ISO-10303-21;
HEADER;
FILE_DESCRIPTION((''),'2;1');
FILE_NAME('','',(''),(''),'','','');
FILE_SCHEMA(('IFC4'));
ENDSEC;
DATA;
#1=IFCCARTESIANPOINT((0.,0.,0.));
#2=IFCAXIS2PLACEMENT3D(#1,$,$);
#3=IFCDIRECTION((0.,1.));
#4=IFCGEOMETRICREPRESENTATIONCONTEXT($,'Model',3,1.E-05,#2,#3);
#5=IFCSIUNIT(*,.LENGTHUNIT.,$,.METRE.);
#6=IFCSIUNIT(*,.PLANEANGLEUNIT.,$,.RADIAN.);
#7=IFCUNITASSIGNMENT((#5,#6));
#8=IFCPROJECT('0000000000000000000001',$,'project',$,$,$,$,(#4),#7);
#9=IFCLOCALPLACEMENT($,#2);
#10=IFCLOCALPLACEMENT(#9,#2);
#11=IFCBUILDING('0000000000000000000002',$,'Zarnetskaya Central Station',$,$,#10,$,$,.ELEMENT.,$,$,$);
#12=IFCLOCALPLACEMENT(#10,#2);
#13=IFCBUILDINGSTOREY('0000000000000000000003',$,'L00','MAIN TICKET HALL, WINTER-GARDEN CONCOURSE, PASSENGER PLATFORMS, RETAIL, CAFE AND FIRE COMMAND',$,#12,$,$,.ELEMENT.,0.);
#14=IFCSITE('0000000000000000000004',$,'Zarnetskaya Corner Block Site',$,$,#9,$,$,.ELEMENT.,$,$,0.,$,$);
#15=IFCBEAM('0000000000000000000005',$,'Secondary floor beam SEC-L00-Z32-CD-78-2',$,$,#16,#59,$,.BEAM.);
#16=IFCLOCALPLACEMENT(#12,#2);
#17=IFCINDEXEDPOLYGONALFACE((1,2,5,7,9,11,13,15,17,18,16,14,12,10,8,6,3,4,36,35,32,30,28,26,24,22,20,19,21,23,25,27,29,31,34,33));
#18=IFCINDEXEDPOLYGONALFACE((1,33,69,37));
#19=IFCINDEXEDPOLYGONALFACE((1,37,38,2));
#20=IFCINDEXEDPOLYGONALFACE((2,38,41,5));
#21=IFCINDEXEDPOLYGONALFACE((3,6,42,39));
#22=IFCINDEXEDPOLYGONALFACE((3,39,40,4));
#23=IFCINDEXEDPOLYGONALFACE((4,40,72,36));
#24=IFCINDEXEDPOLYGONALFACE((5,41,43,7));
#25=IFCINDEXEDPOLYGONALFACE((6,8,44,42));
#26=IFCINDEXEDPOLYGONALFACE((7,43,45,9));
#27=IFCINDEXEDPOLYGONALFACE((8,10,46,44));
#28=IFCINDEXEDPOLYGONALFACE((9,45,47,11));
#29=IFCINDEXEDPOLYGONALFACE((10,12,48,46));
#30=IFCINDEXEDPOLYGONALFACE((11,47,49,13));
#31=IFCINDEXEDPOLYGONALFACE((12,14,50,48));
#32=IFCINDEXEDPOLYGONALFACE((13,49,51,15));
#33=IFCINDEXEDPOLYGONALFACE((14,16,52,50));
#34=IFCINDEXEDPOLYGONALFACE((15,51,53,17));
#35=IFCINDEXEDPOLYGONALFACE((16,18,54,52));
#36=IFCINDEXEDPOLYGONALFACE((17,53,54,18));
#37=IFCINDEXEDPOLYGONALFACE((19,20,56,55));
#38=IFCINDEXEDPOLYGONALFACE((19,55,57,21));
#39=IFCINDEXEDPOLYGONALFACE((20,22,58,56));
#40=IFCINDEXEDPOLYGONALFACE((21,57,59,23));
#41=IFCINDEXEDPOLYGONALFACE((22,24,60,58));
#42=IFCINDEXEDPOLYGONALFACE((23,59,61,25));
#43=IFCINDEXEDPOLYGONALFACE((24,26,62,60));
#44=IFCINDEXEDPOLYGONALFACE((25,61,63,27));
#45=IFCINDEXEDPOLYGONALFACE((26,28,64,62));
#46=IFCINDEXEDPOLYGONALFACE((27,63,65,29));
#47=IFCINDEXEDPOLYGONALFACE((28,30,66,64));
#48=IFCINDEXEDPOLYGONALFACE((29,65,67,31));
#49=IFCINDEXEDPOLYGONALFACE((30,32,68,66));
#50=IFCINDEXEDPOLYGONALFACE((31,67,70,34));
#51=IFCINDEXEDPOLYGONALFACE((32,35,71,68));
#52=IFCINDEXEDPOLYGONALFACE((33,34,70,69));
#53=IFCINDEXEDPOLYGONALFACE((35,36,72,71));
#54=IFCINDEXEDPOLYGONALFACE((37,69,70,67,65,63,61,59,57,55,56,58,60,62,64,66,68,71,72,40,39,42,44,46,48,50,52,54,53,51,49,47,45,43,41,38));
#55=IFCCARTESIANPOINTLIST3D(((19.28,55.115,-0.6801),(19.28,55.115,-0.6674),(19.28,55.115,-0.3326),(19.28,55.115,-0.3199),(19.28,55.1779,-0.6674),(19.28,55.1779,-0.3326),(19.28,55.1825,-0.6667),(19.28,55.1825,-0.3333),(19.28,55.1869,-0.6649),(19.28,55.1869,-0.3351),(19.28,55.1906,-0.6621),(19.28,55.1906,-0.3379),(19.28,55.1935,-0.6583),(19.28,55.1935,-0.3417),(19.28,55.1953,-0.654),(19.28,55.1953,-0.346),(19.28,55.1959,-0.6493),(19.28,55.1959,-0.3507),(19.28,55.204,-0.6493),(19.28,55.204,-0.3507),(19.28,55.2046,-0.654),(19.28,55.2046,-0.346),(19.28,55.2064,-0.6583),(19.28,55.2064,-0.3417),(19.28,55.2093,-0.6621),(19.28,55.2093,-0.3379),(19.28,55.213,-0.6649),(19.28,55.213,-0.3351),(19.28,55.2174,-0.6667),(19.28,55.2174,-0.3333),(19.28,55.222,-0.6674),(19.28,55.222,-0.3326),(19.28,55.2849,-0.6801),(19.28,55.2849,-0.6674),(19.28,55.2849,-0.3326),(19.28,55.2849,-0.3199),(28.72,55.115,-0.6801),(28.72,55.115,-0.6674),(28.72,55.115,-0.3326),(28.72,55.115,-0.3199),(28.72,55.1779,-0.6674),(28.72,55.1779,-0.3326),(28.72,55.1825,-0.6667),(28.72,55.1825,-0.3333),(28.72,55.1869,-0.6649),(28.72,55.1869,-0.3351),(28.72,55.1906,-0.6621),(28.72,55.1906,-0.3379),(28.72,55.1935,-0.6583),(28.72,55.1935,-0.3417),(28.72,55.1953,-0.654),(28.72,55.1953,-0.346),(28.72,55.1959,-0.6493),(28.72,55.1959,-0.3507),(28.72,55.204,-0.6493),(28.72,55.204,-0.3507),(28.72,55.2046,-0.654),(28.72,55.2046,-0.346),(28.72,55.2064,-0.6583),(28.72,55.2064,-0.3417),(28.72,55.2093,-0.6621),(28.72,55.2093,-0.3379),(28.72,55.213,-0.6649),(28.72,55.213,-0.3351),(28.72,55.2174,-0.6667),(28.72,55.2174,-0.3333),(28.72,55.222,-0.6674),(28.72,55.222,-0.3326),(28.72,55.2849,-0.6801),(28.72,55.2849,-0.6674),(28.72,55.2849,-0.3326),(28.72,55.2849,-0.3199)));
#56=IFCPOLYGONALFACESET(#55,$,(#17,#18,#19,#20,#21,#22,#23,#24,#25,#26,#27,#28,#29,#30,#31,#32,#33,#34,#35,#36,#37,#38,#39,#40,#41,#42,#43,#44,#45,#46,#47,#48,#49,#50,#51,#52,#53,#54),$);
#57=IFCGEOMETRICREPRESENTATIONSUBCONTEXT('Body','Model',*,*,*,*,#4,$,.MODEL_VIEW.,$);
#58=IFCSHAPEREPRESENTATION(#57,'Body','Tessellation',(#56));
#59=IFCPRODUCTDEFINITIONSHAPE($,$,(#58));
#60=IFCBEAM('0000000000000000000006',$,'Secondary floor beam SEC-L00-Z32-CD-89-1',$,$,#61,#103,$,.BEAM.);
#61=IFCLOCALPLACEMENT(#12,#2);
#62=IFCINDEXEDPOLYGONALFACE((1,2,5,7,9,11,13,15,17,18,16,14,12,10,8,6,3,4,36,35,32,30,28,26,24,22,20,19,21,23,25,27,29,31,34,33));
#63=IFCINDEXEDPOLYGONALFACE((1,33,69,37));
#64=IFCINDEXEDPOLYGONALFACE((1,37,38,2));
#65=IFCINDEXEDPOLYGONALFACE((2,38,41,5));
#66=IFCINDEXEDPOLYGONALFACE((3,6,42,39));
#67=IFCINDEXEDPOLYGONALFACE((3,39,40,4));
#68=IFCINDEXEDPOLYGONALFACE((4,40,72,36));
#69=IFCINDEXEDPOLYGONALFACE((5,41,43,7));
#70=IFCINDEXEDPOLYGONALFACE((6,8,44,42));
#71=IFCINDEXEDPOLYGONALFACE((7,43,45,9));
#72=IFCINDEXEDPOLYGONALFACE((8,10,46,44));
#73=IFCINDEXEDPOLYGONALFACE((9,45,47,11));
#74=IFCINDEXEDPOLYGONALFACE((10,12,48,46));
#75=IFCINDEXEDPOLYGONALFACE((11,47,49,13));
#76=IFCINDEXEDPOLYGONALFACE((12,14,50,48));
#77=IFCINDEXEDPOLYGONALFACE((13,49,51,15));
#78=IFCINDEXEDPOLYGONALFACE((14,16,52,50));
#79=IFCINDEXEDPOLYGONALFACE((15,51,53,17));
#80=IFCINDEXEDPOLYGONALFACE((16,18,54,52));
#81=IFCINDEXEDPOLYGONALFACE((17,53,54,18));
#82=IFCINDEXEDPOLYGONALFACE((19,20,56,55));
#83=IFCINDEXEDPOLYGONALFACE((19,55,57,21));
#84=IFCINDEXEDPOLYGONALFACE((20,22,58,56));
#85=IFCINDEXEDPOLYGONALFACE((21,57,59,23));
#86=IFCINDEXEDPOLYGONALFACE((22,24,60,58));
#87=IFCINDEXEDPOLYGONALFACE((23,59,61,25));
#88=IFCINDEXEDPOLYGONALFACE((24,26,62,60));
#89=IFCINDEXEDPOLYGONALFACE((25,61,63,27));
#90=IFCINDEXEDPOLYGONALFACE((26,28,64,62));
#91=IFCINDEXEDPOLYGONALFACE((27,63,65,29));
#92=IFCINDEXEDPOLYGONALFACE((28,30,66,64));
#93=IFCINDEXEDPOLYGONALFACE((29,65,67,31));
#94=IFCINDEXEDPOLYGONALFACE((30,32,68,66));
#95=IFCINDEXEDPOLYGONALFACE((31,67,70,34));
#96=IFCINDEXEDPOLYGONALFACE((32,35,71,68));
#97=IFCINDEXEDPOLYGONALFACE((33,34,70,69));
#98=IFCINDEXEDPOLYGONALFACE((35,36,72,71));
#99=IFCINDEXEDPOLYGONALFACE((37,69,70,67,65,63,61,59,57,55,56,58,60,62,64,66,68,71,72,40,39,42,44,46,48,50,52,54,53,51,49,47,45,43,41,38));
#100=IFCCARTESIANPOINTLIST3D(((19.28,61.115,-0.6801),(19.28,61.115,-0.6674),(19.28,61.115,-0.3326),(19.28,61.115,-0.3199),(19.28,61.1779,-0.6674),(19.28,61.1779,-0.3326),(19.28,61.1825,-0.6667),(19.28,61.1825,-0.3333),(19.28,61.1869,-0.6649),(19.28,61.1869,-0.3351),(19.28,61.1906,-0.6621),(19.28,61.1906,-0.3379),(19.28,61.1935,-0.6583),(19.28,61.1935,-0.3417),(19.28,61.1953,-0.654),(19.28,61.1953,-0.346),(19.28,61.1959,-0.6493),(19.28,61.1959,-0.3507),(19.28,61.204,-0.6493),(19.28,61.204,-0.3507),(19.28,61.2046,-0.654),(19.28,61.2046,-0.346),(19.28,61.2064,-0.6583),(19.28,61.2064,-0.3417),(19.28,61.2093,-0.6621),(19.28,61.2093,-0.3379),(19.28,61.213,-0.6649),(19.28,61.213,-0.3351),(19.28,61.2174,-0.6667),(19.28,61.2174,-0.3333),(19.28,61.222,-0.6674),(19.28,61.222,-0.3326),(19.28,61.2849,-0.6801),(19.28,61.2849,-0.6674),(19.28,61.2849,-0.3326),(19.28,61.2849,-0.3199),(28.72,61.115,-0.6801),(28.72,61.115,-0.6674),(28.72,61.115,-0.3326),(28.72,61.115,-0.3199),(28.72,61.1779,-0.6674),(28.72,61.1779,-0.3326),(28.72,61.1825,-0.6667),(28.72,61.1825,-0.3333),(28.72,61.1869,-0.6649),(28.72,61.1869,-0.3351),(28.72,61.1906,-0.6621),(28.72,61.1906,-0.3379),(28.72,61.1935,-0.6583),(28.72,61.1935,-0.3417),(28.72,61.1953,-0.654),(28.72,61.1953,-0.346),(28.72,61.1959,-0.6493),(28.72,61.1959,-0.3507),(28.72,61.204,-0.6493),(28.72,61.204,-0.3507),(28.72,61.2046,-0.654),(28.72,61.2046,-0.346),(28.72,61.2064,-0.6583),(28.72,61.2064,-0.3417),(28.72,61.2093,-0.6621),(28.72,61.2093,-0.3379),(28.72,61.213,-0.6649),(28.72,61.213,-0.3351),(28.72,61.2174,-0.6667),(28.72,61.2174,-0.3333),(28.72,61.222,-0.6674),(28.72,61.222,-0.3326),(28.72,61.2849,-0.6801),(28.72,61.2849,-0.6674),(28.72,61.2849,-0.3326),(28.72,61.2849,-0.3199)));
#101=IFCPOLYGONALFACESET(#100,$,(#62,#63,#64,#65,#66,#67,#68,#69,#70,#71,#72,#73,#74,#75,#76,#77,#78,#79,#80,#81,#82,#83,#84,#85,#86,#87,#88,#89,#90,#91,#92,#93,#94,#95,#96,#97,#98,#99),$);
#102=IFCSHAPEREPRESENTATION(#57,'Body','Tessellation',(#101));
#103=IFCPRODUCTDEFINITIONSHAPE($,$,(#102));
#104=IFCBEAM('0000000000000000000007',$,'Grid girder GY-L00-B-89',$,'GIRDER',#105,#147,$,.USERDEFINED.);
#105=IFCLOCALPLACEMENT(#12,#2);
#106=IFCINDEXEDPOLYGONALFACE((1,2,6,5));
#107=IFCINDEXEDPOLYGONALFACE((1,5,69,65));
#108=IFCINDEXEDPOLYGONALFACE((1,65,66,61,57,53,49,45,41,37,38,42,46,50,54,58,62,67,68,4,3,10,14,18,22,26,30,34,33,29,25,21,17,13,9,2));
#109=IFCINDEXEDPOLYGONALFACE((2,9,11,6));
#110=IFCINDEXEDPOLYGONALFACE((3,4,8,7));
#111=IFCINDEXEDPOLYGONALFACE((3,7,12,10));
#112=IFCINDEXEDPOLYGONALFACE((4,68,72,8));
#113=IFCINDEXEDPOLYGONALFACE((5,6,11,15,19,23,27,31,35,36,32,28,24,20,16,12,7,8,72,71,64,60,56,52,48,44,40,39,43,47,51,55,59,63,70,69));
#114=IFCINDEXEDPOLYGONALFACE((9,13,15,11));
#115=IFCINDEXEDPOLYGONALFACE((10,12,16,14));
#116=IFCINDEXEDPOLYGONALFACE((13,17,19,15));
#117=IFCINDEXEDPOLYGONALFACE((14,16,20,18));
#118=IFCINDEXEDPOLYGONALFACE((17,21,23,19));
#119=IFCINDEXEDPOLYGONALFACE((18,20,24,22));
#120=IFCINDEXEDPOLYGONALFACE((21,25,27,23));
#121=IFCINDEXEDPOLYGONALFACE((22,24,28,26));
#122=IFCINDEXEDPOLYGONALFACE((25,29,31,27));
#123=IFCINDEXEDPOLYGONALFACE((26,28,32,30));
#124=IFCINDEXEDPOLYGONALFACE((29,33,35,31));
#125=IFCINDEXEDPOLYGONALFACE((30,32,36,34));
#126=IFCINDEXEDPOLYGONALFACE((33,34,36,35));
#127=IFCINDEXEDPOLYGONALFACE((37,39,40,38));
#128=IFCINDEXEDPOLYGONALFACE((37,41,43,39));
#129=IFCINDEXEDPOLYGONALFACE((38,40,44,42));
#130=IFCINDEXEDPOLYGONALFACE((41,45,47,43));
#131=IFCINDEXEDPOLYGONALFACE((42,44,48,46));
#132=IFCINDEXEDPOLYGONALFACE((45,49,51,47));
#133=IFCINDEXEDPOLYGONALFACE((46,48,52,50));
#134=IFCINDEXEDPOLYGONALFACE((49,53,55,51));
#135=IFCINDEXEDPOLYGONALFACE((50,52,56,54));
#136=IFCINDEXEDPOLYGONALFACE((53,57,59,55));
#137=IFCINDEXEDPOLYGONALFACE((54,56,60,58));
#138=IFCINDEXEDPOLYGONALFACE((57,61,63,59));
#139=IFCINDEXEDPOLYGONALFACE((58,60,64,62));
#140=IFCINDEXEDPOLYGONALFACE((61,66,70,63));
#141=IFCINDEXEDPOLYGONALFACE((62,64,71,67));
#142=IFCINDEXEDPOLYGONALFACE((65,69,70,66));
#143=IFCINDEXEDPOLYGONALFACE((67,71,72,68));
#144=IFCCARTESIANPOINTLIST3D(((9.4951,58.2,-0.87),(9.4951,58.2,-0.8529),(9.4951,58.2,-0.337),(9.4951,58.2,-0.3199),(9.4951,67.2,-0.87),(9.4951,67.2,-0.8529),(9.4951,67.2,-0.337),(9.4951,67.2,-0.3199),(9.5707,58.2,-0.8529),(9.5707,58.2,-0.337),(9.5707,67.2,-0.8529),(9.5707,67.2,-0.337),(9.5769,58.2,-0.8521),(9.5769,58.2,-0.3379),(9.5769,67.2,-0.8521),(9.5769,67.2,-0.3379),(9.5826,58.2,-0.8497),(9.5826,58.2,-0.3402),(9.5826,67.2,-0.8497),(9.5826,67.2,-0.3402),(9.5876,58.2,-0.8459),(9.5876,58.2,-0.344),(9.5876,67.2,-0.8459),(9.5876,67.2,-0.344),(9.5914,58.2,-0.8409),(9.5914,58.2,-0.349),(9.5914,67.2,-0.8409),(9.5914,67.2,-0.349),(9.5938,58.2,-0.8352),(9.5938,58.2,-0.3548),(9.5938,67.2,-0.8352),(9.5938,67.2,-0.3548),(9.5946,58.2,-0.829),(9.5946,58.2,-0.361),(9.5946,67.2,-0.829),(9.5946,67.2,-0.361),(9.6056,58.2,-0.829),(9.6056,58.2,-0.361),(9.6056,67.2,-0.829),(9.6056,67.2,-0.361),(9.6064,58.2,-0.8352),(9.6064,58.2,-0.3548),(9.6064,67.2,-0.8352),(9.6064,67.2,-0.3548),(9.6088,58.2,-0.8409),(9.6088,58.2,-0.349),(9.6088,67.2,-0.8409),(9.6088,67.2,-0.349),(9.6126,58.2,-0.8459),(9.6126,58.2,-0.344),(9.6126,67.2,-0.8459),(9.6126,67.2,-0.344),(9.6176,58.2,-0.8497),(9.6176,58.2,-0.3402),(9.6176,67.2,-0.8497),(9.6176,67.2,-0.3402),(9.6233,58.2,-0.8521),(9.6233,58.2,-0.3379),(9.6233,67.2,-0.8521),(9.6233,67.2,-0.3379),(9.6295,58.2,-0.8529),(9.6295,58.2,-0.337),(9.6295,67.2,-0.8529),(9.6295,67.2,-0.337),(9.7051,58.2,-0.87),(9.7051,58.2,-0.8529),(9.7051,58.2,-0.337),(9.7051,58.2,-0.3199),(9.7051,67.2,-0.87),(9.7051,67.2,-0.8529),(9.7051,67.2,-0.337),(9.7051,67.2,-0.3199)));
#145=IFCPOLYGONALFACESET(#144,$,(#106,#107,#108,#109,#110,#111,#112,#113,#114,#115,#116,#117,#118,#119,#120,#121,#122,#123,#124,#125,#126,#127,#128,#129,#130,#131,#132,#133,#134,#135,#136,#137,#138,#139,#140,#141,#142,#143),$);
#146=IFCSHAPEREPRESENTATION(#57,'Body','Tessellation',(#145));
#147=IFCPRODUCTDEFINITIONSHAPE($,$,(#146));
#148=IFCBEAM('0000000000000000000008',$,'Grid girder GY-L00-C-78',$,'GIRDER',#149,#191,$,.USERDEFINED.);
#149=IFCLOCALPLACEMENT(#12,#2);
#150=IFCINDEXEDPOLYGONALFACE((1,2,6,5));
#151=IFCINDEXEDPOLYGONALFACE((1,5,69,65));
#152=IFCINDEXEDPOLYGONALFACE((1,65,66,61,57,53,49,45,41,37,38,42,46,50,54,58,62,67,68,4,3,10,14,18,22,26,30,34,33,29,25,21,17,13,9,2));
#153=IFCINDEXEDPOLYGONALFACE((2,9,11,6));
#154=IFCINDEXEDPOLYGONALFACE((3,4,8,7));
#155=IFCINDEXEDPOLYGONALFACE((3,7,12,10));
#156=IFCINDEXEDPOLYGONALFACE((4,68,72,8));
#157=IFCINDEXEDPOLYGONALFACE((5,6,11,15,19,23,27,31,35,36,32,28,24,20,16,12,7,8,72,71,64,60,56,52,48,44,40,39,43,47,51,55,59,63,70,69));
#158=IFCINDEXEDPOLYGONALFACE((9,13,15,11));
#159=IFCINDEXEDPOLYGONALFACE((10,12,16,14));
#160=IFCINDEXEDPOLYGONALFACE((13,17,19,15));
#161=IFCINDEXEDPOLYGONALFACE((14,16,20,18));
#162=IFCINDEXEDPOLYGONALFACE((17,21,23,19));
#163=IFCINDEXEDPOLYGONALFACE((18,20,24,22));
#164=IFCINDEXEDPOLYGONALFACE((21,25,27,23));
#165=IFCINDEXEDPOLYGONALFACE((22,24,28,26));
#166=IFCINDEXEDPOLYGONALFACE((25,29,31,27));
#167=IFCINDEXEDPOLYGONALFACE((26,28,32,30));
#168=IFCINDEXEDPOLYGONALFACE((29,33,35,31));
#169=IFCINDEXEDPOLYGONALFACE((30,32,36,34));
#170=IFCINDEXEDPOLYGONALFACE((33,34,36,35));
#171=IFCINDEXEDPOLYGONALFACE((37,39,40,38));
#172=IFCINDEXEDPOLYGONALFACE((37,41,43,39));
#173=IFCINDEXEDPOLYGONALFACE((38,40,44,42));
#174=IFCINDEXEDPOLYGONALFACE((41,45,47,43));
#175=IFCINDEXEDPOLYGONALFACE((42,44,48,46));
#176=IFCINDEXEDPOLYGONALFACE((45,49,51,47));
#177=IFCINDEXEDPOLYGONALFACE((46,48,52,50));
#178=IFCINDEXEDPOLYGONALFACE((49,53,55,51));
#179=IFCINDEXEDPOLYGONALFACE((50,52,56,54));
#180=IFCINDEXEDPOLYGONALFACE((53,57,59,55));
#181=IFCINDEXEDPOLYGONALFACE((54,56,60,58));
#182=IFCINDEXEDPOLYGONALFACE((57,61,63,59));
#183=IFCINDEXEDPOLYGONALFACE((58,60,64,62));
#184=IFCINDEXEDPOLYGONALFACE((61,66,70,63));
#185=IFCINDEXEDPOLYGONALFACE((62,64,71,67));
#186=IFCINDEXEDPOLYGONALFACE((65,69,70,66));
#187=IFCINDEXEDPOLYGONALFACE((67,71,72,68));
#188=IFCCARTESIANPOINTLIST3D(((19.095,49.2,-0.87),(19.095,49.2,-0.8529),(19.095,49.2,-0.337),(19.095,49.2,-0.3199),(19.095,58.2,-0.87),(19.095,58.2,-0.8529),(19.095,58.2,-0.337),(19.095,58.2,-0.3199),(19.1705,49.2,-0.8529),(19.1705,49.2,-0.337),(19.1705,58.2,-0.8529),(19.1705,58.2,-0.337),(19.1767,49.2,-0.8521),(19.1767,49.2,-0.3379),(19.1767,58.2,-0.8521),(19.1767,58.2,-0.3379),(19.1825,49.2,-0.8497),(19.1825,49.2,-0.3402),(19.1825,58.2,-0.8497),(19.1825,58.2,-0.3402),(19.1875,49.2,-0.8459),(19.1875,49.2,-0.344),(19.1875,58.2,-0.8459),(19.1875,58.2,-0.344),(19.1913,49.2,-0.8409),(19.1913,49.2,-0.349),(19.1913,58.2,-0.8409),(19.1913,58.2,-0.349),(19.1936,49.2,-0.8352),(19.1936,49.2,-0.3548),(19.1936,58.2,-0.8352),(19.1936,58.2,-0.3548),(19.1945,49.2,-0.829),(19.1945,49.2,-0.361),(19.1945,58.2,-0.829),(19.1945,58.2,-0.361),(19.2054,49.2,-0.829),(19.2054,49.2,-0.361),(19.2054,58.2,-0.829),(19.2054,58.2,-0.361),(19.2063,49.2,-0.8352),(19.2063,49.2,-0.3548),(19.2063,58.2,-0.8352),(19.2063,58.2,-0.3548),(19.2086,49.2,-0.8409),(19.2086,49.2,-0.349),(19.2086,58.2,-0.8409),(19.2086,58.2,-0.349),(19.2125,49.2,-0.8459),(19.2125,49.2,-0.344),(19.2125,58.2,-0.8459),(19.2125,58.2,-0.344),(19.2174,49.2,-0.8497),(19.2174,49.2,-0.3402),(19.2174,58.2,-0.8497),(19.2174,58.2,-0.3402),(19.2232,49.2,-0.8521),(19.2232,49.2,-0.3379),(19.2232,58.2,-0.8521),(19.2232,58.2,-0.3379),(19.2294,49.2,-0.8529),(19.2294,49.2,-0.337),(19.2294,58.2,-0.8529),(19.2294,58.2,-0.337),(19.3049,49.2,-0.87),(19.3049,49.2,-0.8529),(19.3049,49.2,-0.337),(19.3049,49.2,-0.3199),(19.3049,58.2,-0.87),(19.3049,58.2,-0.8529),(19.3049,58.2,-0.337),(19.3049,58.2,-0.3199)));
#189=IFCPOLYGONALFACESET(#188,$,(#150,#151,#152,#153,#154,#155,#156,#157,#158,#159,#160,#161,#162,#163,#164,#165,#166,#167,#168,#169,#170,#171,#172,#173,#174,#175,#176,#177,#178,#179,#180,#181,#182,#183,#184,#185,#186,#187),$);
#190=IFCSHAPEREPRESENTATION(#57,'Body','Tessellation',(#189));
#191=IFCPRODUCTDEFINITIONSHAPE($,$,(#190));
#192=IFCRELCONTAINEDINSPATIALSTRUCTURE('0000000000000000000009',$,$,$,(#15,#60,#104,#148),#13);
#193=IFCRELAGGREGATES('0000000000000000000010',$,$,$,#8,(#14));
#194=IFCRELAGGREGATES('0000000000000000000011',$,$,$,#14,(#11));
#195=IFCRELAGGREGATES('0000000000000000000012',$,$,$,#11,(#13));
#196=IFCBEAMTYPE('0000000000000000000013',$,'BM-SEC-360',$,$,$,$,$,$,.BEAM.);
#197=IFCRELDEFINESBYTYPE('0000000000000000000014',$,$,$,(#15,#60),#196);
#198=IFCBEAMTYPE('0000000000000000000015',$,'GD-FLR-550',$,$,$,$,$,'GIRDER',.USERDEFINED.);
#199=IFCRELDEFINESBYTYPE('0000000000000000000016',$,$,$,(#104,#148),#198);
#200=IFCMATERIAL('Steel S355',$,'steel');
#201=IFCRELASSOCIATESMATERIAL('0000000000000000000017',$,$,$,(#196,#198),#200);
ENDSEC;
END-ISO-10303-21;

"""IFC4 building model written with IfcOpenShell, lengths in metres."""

from ifc_helpers import new_model, si_unit, direction, frame, origin, origin_2d, place, context, subcontext, project, spatial, i_section, extrude, material, material_profile, profile_set, type_object, element, save


model = new_model("IFC4")

# Units and contexts
model_context = context("Model", 3, precision=1e-05, world=origin(), true_north=direction((0.0, 1.0)))
body_context = subcontext(model_context, "Body", "Model", "MODEL_VIEW")
ifc_project = project(units=[si_unit("LENGTHUNIT", "METRE"), si_unit("PLANEANGLEUNIT", "RADIAN")], contexts=[model_context])

# Site, building, storey
site_placement = place(None, origin())
site = spatial("IfcSite", under=ifc_project, at=site_placement, Name="Zarnetskaya Corner Block Site", CompositionType="ELEMENT", RefElevation=0.0)
building_placement = place(site_placement, origin())
building = spatial("IfcBuilding", under=site, at=building_placement, Name="Zarnetskaya Central Station", CompositionType="ELEMENT")
storey_placement = place(building_placement, origin())
storey = spatial("IfcBuildingStorey", under=building, at=storey_placement, Name="L00", Description="MAIN TICKET HALL, WINTER-GARDEN CONCOURSE, PASSENGER PLATFORMS, RETAIL, CAFE AND FIRE COMMAND", CompositionType="ELEMENT", Elevation=0.0)

# Shared definitions
ifc_material_1 = material(Name="Steel S355", Category="steel")

# Beams
ifc_material_profile_1 = material_profile(ifc_material_1, i_section(OverallWidth=0.1699, OverallDepth=0.3601, WebThickness=0.0081, FlangeThickness=0.0127, FilletRadius=0.0181, at=origin_2d()), Name="IPE 360")
ifc_profile_set_1 = profile_set([ifc_material_profile_1], Name="Steel S355")
beam_type_1 = type_object("IfcBeamType", Name="BM-SEC-360", PredefinedType="BEAM", material=ifc_profile_set_1)
for number, where, z_axis, x_axis, name in (
    (1, (19.28, 55.2, -0.5), (1.0, 0.0, 0.0), (0.0, 1.0, 0.0), "Secondary floor beam SEC-L00-Z32-CD-78-2"),
    (2, (19.28, 61.2, -0.5), (1.0, 0.0, 0.0), (0.0, 1.0, 0.0), "Secondary floor beam SEC-L00-Z32-CD-89-1"),
):
    element("IfcBeam", number, at=place(storey_placement, frame(where, z_axis=z_axis, x_axis=x_axis)), inside=storey, type_object=beam_type_1, Name=name, PredefinedType="BEAM", context=body_context, shape_type="SweptSolid", body=[
        extrude(i_section(OverallWidth=0.1699, OverallDepth=0.3601, WebThickness=0.0081, FlangeThickness=0.0127, FilletRadius=0.0181, at=origin_2d()), origin(), (0.0, 0.0, 1.0), 9.4399),
    ])
ifc_material_profile_2 = material_profile(ifc_material_1, i_section(OverallWidth=0.21, OverallDepth=0.55, WebThickness=0.011, FlangeThickness=0.0171, FilletRadius=0.0239, at=origin_2d()), Name="IPE 550")
ifc_profile_set_2 = profile_set([ifc_material_profile_2], Name="Steel S355")
beam_type_2 = type_object("IfcBeamType", Name="GD-FLR-550", ElementType="GIRDER", PredefinedType="USERDEFINED", material=ifc_profile_set_2)
for number, where, z_axis, x_axis, name in (
    (3, (9.6001, 58.2, -0.595), (0.0, 1.0, 0.0), (-1.0, 0.0, 0.0), "Grid girder GY-L00-B-89"),
    (4, (19.2, 49.2, -0.595), (0.0, 1.0, 0.0), (-1.0, 0.0, 0.0), "Grid girder GY-L00-C-78"),
):
    element("IfcBeam", number, at=place(storey_placement, frame(where, z_axis=z_axis, x_axis=x_axis)), inside=storey, type_object=beam_type_2, Name=name, ObjectType="GIRDER", PredefinedType="USERDEFINED", context=body_context, shape_type="SweptSolid", body=[
        extrude(i_section(OverallWidth=0.21, OverallDepth=0.55, WebThickness=0.011, FlangeThickness=0.0171, FilletRadius=0.0239, at=origin_2d()), origin(), (0.0, 0.0, 1.0), 9.0),
    ])

save(model, "model.ifc")
